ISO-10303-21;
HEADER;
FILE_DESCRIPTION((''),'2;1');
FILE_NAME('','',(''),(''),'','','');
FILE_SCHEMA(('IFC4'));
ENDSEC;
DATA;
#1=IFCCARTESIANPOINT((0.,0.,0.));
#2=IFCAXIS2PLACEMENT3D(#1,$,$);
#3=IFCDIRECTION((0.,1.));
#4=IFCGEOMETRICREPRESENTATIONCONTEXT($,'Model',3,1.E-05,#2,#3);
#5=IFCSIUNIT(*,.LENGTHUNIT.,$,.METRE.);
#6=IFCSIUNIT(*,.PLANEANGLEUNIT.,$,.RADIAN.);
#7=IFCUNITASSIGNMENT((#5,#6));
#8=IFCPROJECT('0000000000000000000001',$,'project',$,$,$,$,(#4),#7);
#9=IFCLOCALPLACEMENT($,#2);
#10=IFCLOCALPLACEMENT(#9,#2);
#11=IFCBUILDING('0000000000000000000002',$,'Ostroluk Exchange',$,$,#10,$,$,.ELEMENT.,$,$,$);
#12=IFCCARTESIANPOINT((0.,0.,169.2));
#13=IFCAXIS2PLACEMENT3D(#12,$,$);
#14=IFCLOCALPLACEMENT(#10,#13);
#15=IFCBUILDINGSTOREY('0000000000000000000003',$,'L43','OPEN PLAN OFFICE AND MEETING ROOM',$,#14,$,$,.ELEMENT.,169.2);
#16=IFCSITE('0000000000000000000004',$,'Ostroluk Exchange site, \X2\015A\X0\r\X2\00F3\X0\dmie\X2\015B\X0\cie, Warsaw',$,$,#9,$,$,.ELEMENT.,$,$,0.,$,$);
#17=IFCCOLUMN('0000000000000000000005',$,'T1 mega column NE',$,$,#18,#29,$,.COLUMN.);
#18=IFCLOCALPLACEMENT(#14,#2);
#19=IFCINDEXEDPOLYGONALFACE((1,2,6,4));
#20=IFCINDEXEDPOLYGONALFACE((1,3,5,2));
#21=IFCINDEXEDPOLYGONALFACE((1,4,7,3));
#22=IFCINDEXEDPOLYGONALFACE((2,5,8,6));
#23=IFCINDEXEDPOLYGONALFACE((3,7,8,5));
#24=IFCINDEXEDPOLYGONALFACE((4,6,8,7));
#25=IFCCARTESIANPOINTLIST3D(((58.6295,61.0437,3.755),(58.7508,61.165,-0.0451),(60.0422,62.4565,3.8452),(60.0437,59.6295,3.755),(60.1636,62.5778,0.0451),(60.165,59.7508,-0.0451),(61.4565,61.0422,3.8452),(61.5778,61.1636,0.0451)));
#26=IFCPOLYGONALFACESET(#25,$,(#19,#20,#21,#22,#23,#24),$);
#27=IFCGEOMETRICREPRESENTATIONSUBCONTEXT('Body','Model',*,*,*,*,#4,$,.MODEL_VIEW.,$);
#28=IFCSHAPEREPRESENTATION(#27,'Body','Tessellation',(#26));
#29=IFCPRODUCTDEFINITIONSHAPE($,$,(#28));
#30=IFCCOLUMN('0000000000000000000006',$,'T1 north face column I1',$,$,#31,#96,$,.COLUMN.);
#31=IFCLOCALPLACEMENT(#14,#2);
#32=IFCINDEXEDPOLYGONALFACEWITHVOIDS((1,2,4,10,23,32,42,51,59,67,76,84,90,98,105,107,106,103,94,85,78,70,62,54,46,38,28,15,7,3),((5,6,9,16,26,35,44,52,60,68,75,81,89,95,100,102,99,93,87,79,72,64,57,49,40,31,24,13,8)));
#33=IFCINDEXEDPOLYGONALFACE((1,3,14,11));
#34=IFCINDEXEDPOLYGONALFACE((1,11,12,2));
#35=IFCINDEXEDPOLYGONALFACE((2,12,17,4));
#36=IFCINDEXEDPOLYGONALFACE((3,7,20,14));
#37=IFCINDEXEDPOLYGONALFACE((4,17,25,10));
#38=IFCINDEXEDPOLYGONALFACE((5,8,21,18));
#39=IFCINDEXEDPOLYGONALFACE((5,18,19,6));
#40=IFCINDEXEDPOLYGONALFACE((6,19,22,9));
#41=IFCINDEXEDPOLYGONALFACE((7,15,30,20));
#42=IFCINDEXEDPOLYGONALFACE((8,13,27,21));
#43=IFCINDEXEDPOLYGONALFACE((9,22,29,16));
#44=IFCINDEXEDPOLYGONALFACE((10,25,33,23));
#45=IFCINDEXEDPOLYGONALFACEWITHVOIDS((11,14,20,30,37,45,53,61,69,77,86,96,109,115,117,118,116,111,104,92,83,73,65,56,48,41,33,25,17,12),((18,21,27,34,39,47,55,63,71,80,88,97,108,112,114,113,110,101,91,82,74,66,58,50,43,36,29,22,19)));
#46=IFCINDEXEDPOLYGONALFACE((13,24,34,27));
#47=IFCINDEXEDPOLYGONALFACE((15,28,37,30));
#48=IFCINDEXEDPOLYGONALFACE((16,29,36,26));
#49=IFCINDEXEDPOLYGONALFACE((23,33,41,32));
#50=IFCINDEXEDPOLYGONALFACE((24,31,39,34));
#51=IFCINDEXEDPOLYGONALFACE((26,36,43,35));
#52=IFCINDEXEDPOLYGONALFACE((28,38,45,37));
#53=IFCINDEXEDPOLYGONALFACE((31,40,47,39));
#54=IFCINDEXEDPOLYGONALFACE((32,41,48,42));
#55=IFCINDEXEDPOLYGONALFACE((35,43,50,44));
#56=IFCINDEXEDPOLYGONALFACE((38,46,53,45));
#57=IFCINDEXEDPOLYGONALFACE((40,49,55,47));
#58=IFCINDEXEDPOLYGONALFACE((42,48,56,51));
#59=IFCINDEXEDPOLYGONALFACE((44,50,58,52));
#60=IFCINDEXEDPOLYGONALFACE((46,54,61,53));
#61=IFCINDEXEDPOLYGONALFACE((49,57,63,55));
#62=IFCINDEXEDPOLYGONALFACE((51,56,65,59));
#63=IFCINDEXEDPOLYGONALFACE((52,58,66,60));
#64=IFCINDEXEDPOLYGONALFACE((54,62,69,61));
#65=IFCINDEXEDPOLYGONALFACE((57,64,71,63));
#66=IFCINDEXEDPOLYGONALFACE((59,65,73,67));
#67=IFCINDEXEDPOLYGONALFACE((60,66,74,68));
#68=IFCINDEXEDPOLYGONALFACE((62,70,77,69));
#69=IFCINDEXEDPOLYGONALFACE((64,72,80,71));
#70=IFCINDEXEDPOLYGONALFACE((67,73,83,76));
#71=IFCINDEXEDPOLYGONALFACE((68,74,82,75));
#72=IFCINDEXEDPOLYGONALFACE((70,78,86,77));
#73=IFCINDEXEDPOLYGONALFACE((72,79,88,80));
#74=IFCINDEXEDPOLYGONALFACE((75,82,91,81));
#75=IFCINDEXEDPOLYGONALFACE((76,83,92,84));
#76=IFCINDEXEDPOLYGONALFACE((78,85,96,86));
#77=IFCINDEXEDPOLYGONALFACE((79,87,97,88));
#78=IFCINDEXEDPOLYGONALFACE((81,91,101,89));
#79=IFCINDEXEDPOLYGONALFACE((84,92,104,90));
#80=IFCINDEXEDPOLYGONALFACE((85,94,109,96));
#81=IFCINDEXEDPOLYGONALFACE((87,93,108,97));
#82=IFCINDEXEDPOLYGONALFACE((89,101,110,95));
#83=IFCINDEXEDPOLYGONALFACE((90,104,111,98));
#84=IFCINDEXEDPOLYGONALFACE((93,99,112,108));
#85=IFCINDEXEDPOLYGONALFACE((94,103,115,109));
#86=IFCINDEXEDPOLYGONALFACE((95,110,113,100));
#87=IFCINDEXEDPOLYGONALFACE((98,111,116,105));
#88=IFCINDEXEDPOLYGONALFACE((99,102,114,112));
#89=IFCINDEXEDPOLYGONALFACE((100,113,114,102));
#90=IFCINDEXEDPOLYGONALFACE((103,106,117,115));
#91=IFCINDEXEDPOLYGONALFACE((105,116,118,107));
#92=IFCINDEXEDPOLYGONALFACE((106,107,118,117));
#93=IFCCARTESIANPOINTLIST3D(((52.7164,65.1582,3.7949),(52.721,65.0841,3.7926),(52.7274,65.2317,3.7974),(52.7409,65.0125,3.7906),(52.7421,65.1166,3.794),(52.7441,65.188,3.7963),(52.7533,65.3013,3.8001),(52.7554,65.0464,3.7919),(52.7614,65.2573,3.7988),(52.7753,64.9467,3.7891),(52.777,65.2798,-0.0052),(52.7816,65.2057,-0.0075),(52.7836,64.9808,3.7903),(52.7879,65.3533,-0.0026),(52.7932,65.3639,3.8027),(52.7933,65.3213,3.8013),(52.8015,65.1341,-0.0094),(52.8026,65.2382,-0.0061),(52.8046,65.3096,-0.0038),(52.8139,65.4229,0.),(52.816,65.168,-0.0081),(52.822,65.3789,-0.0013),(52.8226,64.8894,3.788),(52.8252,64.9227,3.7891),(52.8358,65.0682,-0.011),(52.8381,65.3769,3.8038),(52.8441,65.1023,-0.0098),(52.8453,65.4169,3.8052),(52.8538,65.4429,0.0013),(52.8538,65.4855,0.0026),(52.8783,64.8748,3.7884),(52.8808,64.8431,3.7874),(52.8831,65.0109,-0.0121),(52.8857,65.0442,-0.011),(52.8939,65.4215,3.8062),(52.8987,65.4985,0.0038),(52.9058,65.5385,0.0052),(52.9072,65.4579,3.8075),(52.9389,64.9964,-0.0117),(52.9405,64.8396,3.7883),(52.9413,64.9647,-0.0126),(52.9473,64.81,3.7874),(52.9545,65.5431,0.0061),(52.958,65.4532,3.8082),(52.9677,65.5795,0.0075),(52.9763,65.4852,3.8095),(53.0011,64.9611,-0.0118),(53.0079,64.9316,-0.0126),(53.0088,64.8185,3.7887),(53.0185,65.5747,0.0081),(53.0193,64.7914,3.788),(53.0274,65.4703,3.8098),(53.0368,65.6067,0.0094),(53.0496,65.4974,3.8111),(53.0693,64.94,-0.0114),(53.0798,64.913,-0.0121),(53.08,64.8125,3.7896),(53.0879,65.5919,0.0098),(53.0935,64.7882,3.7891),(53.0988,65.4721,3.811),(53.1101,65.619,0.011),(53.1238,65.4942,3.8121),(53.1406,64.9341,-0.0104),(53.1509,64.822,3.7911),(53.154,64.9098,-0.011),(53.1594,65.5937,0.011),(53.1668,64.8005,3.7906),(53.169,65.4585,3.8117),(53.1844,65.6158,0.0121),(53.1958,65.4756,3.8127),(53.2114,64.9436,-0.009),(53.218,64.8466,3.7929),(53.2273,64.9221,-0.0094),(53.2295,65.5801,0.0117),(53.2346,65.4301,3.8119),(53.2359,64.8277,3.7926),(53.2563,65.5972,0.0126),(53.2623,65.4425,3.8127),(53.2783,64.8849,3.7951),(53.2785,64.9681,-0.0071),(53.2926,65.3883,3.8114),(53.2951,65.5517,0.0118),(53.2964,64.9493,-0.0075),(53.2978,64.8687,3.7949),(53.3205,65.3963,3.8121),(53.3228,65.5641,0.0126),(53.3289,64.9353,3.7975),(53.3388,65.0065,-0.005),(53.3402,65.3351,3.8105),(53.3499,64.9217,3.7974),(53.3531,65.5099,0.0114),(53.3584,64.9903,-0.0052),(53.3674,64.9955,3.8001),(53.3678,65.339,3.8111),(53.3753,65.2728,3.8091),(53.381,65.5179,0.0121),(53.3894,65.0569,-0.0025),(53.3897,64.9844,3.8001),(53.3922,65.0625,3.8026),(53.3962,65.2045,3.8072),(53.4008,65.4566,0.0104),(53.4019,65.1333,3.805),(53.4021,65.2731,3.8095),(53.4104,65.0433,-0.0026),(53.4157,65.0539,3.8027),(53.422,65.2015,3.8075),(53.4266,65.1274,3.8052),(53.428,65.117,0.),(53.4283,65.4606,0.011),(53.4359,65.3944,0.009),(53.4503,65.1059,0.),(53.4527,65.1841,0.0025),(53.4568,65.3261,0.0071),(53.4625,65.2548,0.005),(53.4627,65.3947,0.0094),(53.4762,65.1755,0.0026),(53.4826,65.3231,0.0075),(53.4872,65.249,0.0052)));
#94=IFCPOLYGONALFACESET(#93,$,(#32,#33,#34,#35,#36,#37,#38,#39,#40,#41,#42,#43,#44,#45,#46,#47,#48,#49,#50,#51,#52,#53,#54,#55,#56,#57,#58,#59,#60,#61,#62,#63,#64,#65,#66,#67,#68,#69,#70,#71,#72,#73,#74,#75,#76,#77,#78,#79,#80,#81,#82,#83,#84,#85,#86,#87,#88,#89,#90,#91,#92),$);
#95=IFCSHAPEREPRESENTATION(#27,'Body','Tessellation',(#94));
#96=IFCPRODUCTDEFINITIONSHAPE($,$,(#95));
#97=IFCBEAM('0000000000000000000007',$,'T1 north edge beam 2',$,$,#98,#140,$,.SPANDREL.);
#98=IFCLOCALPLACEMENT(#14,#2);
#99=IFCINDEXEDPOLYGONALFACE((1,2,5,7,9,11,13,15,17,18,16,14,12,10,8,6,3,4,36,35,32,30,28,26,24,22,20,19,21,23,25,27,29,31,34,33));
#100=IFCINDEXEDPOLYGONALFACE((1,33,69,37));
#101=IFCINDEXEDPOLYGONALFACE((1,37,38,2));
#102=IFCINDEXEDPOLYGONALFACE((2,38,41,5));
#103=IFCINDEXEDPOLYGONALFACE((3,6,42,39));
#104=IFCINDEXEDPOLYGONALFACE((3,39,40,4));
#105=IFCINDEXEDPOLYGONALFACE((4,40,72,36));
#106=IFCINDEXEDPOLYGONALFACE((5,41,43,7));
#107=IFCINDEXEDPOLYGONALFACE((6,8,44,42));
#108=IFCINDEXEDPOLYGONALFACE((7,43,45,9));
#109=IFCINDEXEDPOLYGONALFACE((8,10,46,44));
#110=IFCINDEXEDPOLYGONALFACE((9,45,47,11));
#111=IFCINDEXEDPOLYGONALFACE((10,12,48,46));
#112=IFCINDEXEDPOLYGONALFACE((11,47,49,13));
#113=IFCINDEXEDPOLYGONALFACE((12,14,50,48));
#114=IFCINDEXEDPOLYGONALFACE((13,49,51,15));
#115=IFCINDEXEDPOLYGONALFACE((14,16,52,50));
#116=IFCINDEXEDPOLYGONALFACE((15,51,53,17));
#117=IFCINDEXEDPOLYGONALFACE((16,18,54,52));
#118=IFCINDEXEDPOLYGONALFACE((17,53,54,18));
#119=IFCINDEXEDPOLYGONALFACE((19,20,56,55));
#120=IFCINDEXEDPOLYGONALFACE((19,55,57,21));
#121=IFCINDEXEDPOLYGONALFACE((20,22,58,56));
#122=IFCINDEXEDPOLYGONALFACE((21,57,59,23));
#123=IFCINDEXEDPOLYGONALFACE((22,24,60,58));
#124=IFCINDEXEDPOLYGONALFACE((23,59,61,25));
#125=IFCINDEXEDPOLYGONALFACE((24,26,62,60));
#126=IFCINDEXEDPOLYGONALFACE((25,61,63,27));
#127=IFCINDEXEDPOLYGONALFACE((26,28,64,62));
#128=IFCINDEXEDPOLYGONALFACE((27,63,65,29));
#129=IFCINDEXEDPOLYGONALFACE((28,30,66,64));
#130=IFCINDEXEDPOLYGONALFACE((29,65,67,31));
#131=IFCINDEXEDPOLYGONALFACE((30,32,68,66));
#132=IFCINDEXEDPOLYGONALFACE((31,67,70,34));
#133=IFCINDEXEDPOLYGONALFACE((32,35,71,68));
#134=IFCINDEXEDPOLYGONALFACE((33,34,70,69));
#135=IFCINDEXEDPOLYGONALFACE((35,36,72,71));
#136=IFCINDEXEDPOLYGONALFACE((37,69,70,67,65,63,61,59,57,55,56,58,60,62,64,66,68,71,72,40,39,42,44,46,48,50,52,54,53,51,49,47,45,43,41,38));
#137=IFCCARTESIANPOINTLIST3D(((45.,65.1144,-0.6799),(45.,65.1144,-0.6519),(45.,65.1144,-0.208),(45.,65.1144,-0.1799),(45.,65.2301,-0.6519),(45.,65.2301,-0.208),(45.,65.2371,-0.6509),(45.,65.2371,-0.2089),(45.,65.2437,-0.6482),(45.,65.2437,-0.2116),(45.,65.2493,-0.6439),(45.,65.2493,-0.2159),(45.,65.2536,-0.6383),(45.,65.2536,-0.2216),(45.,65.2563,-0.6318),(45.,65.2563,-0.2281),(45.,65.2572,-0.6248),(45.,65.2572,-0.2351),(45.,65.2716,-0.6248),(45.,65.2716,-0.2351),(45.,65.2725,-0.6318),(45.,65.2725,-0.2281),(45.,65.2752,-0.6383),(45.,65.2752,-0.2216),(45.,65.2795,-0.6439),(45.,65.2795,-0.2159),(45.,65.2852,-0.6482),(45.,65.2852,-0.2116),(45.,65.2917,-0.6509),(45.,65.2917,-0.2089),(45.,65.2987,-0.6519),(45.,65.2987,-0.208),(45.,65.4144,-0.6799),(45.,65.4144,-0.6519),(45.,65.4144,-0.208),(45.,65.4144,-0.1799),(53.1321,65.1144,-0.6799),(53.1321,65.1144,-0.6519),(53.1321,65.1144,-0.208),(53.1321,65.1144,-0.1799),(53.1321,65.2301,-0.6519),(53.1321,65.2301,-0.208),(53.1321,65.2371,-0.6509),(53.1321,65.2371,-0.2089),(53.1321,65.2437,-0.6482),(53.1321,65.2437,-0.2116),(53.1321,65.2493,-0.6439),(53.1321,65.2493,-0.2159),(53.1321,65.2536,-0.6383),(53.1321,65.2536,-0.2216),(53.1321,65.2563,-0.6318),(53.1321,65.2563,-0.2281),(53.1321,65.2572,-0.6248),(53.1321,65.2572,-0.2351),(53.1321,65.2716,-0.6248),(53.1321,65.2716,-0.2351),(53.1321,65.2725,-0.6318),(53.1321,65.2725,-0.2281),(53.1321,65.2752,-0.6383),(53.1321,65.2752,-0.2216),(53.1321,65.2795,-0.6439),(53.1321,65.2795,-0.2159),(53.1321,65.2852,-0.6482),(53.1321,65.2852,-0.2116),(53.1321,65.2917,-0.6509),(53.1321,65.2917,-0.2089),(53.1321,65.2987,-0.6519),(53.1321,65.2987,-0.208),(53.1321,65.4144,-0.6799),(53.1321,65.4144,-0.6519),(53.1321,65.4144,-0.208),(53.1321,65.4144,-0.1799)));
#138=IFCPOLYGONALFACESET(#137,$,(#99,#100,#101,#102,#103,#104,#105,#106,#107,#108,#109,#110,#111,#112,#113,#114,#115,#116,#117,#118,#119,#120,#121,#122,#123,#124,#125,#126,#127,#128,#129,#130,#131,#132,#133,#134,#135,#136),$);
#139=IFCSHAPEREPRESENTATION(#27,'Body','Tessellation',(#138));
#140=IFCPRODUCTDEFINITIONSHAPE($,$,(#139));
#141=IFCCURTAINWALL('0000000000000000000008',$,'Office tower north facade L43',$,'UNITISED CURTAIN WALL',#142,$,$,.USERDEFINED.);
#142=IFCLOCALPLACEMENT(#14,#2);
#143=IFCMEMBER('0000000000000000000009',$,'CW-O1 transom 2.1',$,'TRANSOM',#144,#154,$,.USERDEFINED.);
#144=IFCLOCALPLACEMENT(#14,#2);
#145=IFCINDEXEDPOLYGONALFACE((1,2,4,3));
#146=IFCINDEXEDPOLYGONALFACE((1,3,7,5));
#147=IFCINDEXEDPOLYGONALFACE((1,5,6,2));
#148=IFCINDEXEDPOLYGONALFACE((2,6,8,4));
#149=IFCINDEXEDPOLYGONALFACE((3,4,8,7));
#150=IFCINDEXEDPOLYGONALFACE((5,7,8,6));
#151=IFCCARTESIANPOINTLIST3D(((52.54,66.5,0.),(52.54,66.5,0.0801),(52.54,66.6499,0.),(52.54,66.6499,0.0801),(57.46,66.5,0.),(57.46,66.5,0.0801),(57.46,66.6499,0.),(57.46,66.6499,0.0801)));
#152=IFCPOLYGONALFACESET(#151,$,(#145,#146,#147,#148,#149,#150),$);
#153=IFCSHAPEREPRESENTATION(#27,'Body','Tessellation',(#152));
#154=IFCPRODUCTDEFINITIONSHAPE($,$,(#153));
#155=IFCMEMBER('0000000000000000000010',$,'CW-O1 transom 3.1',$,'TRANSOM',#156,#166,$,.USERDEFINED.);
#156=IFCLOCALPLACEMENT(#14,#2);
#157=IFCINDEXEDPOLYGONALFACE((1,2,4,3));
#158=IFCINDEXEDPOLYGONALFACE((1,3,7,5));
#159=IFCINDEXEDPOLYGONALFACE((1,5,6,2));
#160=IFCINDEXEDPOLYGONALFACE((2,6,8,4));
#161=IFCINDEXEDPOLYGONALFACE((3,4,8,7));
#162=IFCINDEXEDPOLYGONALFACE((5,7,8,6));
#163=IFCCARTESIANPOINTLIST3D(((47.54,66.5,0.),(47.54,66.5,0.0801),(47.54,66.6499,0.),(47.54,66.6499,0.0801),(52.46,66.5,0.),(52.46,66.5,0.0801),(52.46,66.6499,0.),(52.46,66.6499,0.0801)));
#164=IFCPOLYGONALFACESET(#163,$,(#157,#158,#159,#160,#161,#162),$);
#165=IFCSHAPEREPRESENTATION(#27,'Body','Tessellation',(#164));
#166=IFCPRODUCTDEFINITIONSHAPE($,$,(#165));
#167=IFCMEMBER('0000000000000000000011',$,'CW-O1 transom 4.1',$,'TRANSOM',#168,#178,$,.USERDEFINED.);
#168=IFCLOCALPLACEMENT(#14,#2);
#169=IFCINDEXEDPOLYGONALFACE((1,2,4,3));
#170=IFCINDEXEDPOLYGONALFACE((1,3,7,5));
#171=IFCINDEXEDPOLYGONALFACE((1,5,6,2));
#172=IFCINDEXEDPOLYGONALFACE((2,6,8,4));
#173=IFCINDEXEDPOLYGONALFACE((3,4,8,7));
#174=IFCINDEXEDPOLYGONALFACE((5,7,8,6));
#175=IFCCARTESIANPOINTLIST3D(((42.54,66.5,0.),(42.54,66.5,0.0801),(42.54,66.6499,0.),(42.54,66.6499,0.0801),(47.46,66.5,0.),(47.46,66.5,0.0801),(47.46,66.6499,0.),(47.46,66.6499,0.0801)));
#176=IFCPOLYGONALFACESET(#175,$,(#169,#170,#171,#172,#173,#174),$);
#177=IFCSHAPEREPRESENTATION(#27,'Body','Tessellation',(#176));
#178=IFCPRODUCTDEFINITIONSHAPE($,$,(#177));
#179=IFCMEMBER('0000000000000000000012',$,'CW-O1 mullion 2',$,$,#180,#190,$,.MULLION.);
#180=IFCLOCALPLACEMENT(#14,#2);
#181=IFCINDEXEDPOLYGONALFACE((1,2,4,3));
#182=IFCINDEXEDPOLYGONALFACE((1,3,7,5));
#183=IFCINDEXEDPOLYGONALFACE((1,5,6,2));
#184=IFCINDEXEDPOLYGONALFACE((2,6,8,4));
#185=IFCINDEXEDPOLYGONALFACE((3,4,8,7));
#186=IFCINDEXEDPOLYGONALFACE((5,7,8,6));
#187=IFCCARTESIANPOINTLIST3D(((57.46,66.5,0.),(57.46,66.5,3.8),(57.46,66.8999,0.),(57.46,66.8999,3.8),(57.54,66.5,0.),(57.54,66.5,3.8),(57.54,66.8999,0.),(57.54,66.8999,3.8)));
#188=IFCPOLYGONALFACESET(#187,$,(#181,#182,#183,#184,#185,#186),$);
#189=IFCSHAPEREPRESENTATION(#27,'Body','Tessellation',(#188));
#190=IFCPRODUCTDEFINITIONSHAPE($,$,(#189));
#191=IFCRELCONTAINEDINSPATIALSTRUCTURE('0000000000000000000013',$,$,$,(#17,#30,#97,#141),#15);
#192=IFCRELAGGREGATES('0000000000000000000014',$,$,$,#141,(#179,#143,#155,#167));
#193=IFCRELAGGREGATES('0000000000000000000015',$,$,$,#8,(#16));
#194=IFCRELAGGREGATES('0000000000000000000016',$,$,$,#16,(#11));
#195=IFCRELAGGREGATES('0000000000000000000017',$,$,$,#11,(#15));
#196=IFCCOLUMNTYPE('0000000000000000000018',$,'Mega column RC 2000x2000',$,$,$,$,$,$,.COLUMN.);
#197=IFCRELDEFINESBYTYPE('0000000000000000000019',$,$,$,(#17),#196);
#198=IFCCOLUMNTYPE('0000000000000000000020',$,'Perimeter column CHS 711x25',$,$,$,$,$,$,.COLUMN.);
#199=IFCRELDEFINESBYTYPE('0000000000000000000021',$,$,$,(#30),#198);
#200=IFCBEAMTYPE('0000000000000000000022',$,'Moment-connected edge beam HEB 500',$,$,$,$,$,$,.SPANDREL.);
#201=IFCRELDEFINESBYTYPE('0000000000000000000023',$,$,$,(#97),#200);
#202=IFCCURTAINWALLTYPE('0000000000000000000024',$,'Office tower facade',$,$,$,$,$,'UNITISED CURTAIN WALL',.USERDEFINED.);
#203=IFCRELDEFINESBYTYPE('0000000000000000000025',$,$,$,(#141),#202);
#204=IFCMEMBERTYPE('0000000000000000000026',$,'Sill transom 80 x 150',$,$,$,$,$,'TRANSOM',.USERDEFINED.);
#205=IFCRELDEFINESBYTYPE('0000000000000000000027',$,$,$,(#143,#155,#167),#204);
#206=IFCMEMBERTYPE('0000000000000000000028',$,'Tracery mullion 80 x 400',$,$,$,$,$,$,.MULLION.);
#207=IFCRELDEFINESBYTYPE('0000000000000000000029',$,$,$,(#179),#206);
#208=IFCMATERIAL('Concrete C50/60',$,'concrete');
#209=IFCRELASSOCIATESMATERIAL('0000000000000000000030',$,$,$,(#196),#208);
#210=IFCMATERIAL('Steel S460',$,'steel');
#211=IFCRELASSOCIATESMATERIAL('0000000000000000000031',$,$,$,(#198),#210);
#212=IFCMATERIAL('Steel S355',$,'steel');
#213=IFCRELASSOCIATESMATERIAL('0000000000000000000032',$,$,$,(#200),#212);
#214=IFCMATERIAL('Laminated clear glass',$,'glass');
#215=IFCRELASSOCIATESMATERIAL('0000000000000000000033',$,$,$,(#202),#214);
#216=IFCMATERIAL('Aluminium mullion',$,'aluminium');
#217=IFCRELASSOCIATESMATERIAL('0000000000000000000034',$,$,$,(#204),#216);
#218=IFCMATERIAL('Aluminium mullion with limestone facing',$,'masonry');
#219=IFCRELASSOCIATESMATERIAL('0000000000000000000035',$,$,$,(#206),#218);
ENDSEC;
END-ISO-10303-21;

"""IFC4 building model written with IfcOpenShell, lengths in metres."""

from ifc_helpers import new_model, si_unit, direction, frame, origin, origin_2d, place, context, subcontext, project, spatial, rectangle, hollow_circle, i_section, extrude, material, material_profile, profile_set, type_object, element, aggregate, save


model = new_model("IFC4")

# Units and contexts
model_context = context("Model", 3, precision=1e-05, world=origin(), true_north=direction((0.0, 1.0)))
body_context = subcontext(model_context, "Body", "Model", "MODEL_VIEW")
ifc_project = project(units=[si_unit("LENGTHUNIT", "METRE"), si_unit("PLANEANGLEUNIT", "RADIAN")], contexts=[model_context])

# Site, building, storey
site_placement = place(None, origin())
site = spatial("IfcSite", under=ifc_project, at=site_placement, Name="Ostroluk Exchange site, Śródmieście, Warsaw", CompositionType="ELEMENT", RefElevation=0.0)
building_placement = place(site_placement, origin())
building = spatial("IfcBuilding", under=site, at=building_placement, Name="Ostroluk Exchange", CompositionType="ELEMENT")
storey_placement = place(building_placement, frame((0.0, 0.0, 169.2)))
storey = spatial("IfcBuildingStorey", under=building, at=storey_placement, Name="L43", Description="OPEN PLAN OFFICE AND MEETING ROOM", CompositionType="ELEMENT", Elevation=169.2)

# Columns
ifc_material_1 = material(Name="Concrete C50/60", Category="concrete")
ifc_material_profile_1 = material_profile(ifc_material_1, rectangle(XDim=2.0, YDim=2.0, at=origin_2d()), Name="RC 2000x2000")
ifc_profile_set_1 = profile_set([ifc_material_profile_1], Name="Concrete C50/60")
column_type_1 = type_object("IfcColumnType", Name="Mega column RC 2000x2000", PredefinedType="COLUMN", material=ifc_profile_set_1)
column_1_placement = place(storey_placement, frame((60.1643, 61.1643, 0.0), z_axis=(-0.031898, -0.031898, 0.998982), x_axis=(0.707107, -0.707107, 0.0)))
element("IfcColumn", 1, at=column_1_placement, inside=storey, type_object=column_type_1, Name="T1 mega column NE", PredefinedType="COLUMN", context=body_context, shape_type="SweptSolid", body=[
    extrude(rectangle(XDim=2.0, YDim=2.0, at=origin_2d()), origin(), (0.0, 0.0, 1.0), 3.804),
])
ifc_material_2 = material(Name="Steel S460", Category="steel")
ifc_material_profile_2 = material_profile(ifc_material_2, hollow_circle(Radius=0.3555, WallThickness=0.0249, at=origin_2d()), Name="CHS 711x25")
ifc_profile_set_2 = profile_set([ifc_material_profile_2], Name="Steel S460")
column_type_2 = type_object("IfcColumnType", Name="Perimeter column CHS 711x25", PredefinedType="COLUMN", material=ifc_profile_set_2)
column_2_placement = place(storey_placement, frame((53.1321, 65.2644, 0.0), z_axis=(-0.015923, -0.031974, 0.999362), x_axis=(0.895145, -0.445775, 0.0)))
element("IfcColumn", 2, at=column_2_placement, inside=storey, type_object=column_type_2, Name="T1 north face column I1", PredefinedType="COLUMN", context=body_context, shape_type="SweptSolid", body=[
    extrude(hollow_circle(Radius=0.3555, WallThickness=0.0249, at=origin_2d()), origin(), (0.0, 0.0, 1.0), 3.8025),
])

# Beam
ifc_material_3 = material(Name="Steel S355", Category="steel")
ifc_material_profile_3 = material_profile(ifc_material_3, i_section(OverallWidth=0.3, OverallDepth=0.5, WebThickness=0.0144, FlangeThickness=0.0281, FilletRadius=0.0271, at=origin_2d()), Name="HEB 500")
ifc_profile_set_3 = profile_set([ifc_material_profile_3], Name="Steel S355")
beam_type = type_object("IfcBeamType", Name="Moment-connected edge beam HEB 500", PredefinedType="SPANDREL", material=ifc_profile_set_3)
beam_placement = place(storey_placement, frame((53.1321, 65.2644, -0.4299), z_axis=(-1.0, 0.0, 0.0), x_axis=(0.0, -1.0, 0.0)))
element("IfcBeam", 3, at=beam_placement, inside=storey, type_object=beam_type, Name="T1 north edge beam 2", PredefinedType="SPANDREL", context=body_context, shape_type="SweptSolid", body=[
    extrude(i_section(OverallWidth=0.3, OverallDepth=0.5, WebThickness=0.0144, FlangeThickness=0.0281, FilletRadius=0.0271, at=origin_2d()), origin(), (0.0, 0.0, 1.0), 8.1321),
])

# Curtain wall, members
ifc_material_4 = material(Name="Laminated clear glass", Category="glass")
curtain_wall_type = type_object("IfcCurtainWallType", Name="Office tower facade", ElementType="UNITISED CURTAIN WALL", PredefinedType="USERDEFINED", material=ifc_material_4)
curtain_wall_placement = place(storey_placement, origin())
curtain_wall = element("IfcCurtainWall", 4, at=curtain_wall_placement, inside=storey, type_object=curtain_wall_type, Name="Office tower north facade L43", ObjectType="UNITISED CURTAIN WALL", PredefinedType="USERDEFINED")
ifc_material_5 = material(Name="Aluminium mullion", Category="aluminium")
ifc_material_profile_4 = material_profile(ifc_material_5, rectangle(XDim=0.1499, YDim=0.0801, at=origin_2d()), Name="Sill transom 80 x 150")
ifc_profile_set_4 = profile_set([ifc_material_profile_4], Name="Aluminium mullion")
member_type_1 = type_object("IfcMemberType", Name="Sill transom 80 x 150", ElementType="TRANSOM", PredefinedType="USERDEFINED", material=ifc_profile_set_4)
member_1_placement = place(storey_placement, frame((57.46, 66.575, 0.04), z_axis=(-1.0, 0.0, 0.0), x_axis=(0.0, -1.0, 0.0)))
member_1 = element("IfcMember", 5, at=member_1_placement, type_object=member_type_1, Name="CW-O1 transom 2.1", ObjectType="TRANSOM", PredefinedType="USERDEFINED", context=body_context, shape_type="SweptSolid", body=[
    extrude(rectangle(XDim=0.1499, YDim=0.0801, at=origin_2d()), origin(), (0.0, 0.0, 1.0), 4.9199),
])
member_2_placement = place(storey_placement, frame((52.46, 66.575, 0.04), z_axis=(-1.0, 0.0, 0.0), x_axis=(0.0, -1.0, 0.0)))
member_2 = element("IfcMember", 6, at=member_2_placement, type_object=member_type_1, Name="CW-O1 transom 3.1", ObjectType="TRANSOM", PredefinedType="USERDEFINED", context=body_context, shape_type="SweptSolid", body=[
    extrude(rectangle(XDim=0.1499, YDim=0.0801, at=origin_2d()), origin(), (0.0, 0.0, 1.0), 4.9199),
])
member_3_placement = place(storey_placement, frame((47.46, 66.575, 0.04), z_axis=(-1.0, 0.0, 0.0), x_axis=(0.0, -1.0, 0.0)))
member_3 = element("IfcMember", 7, at=member_3_placement, type_object=member_type_1, Name="CW-O1 transom 4.1", ObjectType="TRANSOM", PredefinedType="USERDEFINED", context=body_context, shape_type="SweptSolid", body=[
    extrude(rectangle(XDim=0.1499, YDim=0.0801, at=origin_2d()), origin(), (0.0, 0.0, 1.0), 4.9199),
])
ifc_material_6 = material(Name="Aluminium mullion with limestone facing", Category="masonry")
ifc_material_profile_5 = material_profile(ifc_material_6, rectangle(XDim=0.3999, YDim=0.0801, at=origin_2d()), Name="Tracery mullion 80 x 400")
ifc_profile_set_5 = profile_set([ifc_material_profile_5], Name="Aluminium mullion with limestone facing")
member_type_2 = type_object("IfcMemberType", Name="Tracery mullion 80 x 400", PredefinedType="MULLION", material=ifc_profile_set_5)
member_4_placement = place(storey_placement, frame((57.5, 66.7, 0.0), z_axis=(0.0, 0.0, 1.0), x_axis=(0.0, -1.0, 0.0)))
member_4 = element("IfcMember", 8, at=member_4_placement, type_object=member_type_2, Name="CW-O1 mullion 2", PredefinedType="MULLION", context=body_context, shape_type="SweptSolid", body=[
    extrude(rectangle(XDim=0.3999, YDim=0.0801, at=origin_2d()), origin(), (0.0, 0.0, 1.0), 3.8),
])
aggregate(curtain_wall, [member_4, member_1, member_2, member_3])

save(model, "model.ifc")
